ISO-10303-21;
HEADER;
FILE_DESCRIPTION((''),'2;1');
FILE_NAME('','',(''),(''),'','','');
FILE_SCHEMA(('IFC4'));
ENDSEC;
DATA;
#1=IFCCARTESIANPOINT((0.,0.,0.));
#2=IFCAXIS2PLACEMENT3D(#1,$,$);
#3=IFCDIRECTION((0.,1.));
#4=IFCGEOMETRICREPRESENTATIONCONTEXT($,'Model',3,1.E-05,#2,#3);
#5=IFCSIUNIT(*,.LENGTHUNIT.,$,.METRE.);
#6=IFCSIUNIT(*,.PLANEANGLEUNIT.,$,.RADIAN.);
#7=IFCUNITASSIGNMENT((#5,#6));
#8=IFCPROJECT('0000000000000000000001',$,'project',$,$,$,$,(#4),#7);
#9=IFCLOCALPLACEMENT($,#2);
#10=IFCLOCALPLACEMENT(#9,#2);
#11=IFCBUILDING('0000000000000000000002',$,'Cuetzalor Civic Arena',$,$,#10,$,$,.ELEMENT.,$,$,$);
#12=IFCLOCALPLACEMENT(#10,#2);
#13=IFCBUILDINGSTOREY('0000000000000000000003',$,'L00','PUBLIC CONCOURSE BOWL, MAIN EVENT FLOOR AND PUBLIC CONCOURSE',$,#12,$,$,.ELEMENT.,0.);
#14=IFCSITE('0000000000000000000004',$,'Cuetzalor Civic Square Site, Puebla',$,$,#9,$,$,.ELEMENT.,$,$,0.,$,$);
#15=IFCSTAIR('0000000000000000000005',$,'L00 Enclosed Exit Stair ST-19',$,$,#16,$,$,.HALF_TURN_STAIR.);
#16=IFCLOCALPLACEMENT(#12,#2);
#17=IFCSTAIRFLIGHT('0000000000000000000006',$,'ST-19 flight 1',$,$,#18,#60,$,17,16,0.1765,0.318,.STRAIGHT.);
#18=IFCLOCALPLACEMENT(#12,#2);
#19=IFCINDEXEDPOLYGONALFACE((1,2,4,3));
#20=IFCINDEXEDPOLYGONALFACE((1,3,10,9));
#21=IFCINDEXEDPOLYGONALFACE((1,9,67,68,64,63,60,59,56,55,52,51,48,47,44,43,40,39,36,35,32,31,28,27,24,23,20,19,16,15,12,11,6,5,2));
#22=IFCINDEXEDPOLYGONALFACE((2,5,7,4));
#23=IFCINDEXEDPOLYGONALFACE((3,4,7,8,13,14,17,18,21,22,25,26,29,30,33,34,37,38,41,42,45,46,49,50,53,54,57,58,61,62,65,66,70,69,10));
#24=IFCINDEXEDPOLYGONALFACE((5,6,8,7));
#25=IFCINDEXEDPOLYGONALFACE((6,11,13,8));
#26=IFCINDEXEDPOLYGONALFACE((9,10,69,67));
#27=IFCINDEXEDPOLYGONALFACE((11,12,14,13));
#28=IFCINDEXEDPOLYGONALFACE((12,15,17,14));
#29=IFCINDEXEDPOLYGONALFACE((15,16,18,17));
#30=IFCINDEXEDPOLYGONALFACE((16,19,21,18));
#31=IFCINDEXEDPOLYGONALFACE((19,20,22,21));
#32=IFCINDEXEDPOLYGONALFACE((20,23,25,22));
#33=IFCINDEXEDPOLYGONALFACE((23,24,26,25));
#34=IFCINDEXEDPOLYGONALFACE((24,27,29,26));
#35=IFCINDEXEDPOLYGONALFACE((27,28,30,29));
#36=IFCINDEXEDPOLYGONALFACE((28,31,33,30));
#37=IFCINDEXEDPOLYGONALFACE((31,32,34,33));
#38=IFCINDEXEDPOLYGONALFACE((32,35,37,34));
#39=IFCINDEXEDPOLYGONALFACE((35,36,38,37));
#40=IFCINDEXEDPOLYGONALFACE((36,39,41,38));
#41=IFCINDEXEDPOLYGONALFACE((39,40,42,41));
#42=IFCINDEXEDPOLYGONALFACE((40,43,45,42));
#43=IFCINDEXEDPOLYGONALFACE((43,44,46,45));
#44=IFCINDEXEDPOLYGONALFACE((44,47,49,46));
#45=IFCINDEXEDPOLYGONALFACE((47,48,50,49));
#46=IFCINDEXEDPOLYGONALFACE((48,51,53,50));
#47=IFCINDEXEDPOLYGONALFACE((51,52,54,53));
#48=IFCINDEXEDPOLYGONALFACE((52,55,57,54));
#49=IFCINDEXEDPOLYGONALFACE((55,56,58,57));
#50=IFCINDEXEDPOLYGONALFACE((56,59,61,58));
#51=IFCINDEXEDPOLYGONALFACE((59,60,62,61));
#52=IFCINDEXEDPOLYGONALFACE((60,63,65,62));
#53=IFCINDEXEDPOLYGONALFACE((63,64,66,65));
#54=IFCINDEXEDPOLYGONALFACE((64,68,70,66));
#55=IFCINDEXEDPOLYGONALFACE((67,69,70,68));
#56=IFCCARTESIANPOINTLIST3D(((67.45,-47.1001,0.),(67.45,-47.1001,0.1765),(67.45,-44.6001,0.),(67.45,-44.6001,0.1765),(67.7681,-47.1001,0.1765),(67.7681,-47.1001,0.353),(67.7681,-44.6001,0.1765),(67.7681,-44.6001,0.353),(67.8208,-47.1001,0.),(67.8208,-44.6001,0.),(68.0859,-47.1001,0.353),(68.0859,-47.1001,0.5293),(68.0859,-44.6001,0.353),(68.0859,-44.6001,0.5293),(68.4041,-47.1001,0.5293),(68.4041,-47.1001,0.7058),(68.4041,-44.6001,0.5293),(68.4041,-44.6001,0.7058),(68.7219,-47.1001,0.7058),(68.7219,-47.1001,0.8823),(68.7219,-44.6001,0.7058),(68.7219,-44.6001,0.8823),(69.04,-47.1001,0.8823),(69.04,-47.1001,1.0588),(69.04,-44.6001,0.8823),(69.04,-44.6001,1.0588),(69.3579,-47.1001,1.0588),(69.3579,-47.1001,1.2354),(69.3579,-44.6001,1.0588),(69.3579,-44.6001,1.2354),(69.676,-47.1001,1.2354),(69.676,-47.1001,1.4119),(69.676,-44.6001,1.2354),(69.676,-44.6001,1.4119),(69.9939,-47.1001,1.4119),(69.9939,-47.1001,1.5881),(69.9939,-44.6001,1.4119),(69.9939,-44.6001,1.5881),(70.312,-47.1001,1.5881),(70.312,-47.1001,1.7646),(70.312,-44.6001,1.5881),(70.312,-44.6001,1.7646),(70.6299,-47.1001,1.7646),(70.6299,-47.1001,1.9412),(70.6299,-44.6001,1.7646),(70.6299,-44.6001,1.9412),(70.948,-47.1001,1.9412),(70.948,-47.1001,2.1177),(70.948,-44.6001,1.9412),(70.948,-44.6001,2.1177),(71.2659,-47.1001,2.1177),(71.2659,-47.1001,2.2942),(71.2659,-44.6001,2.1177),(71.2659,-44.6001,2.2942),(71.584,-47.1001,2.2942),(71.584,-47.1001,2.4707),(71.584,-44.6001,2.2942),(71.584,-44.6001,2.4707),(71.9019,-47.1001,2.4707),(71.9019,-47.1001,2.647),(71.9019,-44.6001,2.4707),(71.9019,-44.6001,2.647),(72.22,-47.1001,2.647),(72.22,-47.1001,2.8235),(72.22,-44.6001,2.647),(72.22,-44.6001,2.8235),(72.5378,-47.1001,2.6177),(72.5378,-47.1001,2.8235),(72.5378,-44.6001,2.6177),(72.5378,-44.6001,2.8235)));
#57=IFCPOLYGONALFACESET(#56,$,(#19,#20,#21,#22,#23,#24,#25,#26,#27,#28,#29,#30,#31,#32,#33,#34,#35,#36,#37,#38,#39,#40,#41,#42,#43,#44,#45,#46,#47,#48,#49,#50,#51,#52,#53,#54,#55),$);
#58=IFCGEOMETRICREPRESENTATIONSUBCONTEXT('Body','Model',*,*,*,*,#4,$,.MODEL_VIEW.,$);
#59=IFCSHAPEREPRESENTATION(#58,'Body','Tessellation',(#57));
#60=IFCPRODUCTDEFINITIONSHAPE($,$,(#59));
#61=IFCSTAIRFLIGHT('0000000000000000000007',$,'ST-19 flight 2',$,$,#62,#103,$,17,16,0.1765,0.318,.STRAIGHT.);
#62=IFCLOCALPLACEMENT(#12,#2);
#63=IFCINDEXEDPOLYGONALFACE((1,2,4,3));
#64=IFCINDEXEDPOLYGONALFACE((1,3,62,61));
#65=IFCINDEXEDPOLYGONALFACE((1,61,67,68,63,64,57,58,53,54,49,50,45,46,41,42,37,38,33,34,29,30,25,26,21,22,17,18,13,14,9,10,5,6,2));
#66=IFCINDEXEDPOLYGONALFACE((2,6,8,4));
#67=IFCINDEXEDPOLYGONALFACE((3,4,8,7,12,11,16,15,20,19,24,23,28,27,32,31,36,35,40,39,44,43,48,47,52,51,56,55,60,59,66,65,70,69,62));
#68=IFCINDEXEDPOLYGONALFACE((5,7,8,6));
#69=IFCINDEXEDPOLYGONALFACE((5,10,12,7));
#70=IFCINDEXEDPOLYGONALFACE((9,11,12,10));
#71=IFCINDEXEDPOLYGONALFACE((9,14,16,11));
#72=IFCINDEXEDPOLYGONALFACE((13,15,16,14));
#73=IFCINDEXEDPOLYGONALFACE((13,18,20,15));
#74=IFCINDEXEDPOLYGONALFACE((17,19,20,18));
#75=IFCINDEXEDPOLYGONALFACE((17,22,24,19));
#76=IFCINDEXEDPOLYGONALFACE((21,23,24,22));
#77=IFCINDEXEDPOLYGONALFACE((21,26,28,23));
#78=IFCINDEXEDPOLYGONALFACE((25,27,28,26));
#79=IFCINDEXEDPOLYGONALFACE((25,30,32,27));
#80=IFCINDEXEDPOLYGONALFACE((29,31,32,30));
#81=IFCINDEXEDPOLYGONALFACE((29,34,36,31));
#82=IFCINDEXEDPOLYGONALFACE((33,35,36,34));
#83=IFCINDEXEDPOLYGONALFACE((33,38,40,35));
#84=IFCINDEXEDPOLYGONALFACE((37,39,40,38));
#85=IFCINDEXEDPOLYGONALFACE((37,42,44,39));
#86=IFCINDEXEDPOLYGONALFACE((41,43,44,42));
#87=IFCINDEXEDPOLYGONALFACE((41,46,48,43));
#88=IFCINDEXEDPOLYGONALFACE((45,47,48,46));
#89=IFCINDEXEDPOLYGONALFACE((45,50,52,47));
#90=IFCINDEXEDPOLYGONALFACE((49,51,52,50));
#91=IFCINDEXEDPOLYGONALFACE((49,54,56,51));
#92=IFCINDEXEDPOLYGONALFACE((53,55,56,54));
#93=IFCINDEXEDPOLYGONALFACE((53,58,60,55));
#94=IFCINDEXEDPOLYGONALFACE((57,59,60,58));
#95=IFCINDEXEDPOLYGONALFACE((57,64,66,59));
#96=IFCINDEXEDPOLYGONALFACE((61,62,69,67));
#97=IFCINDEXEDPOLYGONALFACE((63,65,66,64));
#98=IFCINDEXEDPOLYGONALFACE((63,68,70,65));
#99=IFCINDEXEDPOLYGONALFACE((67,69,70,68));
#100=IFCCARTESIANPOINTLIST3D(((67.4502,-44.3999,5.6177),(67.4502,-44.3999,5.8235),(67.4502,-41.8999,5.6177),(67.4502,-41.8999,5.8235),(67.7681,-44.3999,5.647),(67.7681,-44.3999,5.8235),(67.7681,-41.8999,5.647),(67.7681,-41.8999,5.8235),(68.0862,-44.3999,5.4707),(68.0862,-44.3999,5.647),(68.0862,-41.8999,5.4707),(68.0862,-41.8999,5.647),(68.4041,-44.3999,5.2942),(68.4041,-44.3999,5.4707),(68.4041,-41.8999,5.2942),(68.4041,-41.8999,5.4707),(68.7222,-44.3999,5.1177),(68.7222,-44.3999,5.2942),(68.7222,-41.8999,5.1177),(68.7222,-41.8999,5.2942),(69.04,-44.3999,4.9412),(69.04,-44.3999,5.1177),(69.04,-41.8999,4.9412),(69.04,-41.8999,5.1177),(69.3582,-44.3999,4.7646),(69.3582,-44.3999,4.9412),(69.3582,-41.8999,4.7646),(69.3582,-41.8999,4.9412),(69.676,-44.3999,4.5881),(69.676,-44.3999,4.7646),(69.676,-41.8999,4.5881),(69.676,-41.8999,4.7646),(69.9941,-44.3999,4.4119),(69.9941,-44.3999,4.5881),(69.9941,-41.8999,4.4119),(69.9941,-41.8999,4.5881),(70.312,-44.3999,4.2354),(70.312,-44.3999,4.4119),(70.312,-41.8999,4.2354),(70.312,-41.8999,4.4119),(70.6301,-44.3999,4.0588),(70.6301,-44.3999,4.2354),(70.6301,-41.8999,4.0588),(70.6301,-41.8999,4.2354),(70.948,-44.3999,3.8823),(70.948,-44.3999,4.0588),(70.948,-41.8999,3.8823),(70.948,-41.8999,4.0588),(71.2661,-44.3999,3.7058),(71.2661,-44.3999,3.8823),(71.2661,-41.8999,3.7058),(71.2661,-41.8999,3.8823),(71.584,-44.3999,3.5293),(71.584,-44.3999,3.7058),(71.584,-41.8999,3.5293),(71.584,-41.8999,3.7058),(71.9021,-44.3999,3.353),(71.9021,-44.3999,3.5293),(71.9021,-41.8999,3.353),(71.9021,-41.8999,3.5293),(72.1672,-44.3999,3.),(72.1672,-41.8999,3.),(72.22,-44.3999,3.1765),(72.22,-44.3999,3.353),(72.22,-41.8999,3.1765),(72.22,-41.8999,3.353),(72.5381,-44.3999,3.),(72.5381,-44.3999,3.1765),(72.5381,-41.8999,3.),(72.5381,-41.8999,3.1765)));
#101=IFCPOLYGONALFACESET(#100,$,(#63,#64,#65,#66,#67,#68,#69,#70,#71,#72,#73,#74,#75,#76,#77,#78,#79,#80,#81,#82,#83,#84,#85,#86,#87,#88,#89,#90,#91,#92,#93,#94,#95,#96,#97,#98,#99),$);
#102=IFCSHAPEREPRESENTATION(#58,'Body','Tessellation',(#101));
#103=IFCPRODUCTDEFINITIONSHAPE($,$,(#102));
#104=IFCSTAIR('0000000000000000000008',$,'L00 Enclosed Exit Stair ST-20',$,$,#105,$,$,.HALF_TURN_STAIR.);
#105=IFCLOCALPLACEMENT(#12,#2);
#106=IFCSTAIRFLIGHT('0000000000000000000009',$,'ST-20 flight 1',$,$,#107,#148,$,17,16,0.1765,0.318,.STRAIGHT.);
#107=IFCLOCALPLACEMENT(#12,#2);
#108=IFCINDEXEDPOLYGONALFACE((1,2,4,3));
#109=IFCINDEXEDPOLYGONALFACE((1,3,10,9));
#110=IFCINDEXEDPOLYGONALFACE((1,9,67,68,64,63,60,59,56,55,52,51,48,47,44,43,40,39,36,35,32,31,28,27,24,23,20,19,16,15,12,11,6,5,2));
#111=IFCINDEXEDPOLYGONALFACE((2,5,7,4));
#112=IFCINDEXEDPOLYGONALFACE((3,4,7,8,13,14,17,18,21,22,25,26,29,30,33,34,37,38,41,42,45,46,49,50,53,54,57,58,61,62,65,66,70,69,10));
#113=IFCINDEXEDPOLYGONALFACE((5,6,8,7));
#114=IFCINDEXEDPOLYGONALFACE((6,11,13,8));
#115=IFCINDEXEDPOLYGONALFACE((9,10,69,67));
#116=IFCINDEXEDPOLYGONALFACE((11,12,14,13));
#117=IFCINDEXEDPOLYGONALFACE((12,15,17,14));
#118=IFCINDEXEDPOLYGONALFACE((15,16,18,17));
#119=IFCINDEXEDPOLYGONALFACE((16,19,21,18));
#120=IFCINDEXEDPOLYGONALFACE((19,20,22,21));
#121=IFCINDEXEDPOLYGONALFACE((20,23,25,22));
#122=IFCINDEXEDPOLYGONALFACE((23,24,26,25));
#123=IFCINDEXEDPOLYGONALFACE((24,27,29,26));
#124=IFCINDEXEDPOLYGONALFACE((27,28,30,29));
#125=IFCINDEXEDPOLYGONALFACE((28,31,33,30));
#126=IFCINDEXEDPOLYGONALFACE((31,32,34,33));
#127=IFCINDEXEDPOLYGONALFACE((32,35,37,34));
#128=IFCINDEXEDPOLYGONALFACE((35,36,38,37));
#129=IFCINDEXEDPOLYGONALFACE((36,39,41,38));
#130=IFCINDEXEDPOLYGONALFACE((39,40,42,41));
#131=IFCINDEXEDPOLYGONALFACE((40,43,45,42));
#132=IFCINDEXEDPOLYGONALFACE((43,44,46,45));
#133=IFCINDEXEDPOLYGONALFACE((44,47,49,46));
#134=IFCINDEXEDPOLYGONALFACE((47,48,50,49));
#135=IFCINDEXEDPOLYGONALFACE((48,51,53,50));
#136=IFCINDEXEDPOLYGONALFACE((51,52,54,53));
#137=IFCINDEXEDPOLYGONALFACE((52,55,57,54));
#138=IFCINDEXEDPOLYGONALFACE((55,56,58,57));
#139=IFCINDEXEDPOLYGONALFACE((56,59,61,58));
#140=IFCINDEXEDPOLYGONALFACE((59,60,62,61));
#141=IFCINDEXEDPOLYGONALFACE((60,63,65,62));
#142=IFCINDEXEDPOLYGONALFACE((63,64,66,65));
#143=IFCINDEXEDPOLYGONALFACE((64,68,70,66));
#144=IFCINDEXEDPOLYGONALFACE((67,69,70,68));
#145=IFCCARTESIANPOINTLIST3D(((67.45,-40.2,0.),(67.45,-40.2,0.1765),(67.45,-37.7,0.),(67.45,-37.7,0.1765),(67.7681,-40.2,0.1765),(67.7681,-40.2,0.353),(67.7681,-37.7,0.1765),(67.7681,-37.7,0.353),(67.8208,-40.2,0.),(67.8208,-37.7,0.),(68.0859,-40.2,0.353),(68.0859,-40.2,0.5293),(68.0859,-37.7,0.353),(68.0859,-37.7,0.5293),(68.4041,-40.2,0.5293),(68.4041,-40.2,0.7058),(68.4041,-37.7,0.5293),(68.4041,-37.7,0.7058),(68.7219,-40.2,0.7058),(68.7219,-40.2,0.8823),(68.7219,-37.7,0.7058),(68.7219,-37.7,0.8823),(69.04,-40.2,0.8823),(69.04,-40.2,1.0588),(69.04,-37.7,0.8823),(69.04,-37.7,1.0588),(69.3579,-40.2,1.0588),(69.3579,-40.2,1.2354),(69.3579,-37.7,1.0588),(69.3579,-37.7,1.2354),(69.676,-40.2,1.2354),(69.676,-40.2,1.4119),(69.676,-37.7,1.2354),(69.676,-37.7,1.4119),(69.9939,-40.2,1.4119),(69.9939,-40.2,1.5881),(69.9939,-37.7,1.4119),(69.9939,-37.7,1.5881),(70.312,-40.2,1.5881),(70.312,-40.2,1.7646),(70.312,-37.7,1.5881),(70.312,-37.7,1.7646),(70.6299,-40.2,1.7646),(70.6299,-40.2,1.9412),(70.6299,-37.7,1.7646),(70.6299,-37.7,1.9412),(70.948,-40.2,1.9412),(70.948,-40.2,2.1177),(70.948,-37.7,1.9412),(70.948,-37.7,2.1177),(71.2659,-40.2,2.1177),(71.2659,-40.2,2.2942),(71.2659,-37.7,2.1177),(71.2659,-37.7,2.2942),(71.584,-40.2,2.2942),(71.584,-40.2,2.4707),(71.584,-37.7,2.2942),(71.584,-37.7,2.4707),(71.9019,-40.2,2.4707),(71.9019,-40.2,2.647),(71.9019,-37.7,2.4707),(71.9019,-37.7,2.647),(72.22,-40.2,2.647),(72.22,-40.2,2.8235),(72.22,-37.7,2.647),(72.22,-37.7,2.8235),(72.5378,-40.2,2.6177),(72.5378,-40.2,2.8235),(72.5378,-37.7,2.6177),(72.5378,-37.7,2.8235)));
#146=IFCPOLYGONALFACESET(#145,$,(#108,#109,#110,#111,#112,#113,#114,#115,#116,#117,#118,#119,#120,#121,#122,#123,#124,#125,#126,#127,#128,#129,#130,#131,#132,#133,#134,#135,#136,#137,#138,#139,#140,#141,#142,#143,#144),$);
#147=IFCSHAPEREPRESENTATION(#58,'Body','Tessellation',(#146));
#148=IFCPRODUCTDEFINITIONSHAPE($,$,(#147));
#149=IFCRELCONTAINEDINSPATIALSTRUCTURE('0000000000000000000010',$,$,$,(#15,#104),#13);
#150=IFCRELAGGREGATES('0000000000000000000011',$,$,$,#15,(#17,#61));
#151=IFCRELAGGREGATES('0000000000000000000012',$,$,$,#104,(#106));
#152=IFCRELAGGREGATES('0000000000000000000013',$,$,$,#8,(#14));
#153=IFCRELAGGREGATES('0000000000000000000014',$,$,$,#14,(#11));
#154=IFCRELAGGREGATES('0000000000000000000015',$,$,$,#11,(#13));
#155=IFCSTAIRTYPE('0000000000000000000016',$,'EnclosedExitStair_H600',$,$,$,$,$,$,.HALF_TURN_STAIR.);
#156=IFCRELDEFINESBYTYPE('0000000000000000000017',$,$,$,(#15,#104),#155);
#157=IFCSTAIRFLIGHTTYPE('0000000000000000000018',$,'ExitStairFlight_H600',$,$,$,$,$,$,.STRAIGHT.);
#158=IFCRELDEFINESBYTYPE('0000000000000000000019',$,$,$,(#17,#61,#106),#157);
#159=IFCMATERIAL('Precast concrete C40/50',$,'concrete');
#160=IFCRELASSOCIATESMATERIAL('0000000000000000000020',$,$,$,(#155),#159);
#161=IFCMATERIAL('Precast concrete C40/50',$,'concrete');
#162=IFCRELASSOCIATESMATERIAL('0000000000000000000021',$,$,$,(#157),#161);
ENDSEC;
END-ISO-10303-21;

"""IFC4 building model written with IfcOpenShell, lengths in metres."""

from ifc_helpers import new_model, si_unit, direction, frame, origin, place, context, subcontext, project, spatial, polyline, outline, extrude, material, type_object, element, aggregate, save


model = new_model("IFC4")

# Units and contexts
model_context = context("Model", 3, precision=1e-05, world=origin(), true_north=direction((0.0, 1.0)))
body_context = subcontext(model_context, "Body", "Model", "MODEL_VIEW")
ifc_project = project(units=[si_unit("LENGTHUNIT", "METRE"), si_unit("PLANEANGLEUNIT", "RADIAN")], contexts=[model_context])

# Site, building, storey
site_placement = place(None, origin())
site = spatial("IfcSite", under=ifc_project, at=site_placement, Name="Cuetzalor Civic Square Site, Puebla", CompositionType="ELEMENT", RefElevation=0.0)
building_placement = place(site_placement, origin())
building = spatial("IfcBuilding", under=site, at=building_placement, Name="Cuetzalor Civic Arena", CompositionType="ELEMENT")
storey_placement = place(building_placement, origin())
storey = spatial("IfcBuildingStorey", under=building, at=storey_placement, Name="L00", Description="PUBLIC CONCOURSE BOWL, MAIN EVENT FLOOR AND PUBLIC CONCOURSE", CompositionType="ELEMENT", Elevation=0.0)

# Stairs, stair flights
ifc_material_1 = material(Name="Precast concrete C40/50", Category="concrete")
stair_type = type_object("IfcStairType", Name="EnclosedExitStair_H600", PredefinedType="HALF_TURN_STAIR", material=ifc_material_1)
stair_1_placement = place(storey_placement, origin())
stair_1 = element("IfcStair", 1, at=stair_1_placement, inside=storey, type_object=stair_type, Name="L00 Enclosed Exit Stair ST-19", PredefinedType="HALF_TURN_STAIR")
ifc_material_2 = material(Name="Precast concrete C40/50", Category="concrete")
stair_flight_type = type_object("IfcStairFlightType", Name="ExitStairFlight_H600", PredefinedType="STRAIGHT", material=ifc_material_2)
stair_flight_1_placement = place(storey_placement, frame((67.45, -45.8501, 0.0), z_axis=(0.0, 0.0, 1.0), x_axis=(1.0, 0.0, 0.0)))
stair_flight_1 = element("IfcStairFlight", 2, at=stair_flight_1_placement, type_object=stair_flight_type, Name="ST-19 flight 1", NumberOfRisers=17, NumberOfTreads=16, PredefinedType="STRAIGHT", RiserHeight=0.1765, TreadLength=0.318, context=body_context, shape_type="SweptSolid", body=[
    extrude(outline(polyline([(0.0, 0.0), (0.0, 0.1765), (0.3181, 0.1765), (0.3181, 0.353), (0.636, 0.353), (0.636, 0.5293), (0.9541, 0.5293), (0.9541, 0.7058), (1.272, 0.7058), (1.272, 0.8823), (1.5901, 0.8823), (1.5901, 1.0588), (1.908, 1.0588), (1.908, 1.2354), (2.2261, 1.2354), (2.2261, 1.4119), (2.5439, 1.4119), (2.5439, 1.5881), (2.8621, 1.5881), (2.8621, 1.7646), (3.1799, 1.7646), (3.1799, 1.9412), (3.498, 1.9412), (3.498, 2.1177), (3.8159, 2.1177), (3.8159, 2.2942), (4.134, 2.2942), (4.134, 2.4707), (4.4519, 2.4707), (4.4519, 2.647), (4.77, 2.647), (4.77, 2.8235), (5.0879, 2.8235), (5.0879, 3.0), (5.0879, 2.6177), (0.3708, 0.0), (0.0, 0.0)])), frame((0.0, 1.25, 0.0), z_axis=(0.0, -1.0, 0.0), x_axis=(1.0, 0.0, 0.0)), (0.0, 0.0, 1.0), 2.5),
])
stair_flight_2_placement = place(storey_placement, frame((72.5381, -43.1499, 3.0), z_axis=(0.0, 0.0, 1.0), x_axis=(-1.0, 0.0, 0.0)))
stair_flight_2 = element("IfcStairFlight", 3, at=stair_flight_2_placement, type_object=stair_flight_type, Name="ST-19 flight 2", NumberOfRisers=17, NumberOfTreads=16, PredefinedType="STRAIGHT", RiserHeight=0.1765, TreadLength=0.318, context=body_context, shape_type="SweptSolid", body=[
    extrude(outline(polyline([(0.0, 0.0), (0.0, 0.1765), (0.3181, 0.1765), (0.3181, 0.353), (0.636, 0.353), (0.636, 0.5293), (0.9541, 0.5293), (0.9541, 0.7058), (1.272, 0.7058), (1.272, 0.8823), (1.5901, 0.8823), (1.5901, 1.0588), (1.908, 1.0588), (1.908, 1.2354), (2.2261, 1.2354), (2.2261, 1.4119), (2.5439, 1.4119), (2.5439, 1.5881), (2.8621, 1.5881), (2.8621, 1.7646), (3.1799, 1.7646), (3.1799, 1.9412), (3.498, 1.9412), (3.498, 2.1177), (3.8159, 2.1177), (3.8159, 2.2942), (4.134, 2.2942), (4.134, 2.4707), (4.4519, 2.4707), (4.4519, 2.647), (4.77, 2.647), (4.77, 2.8235), (5.0879, 2.8235), (5.0879, 3.0), (5.0879, 2.6177), (0.3708, 0.0), (0.0, 0.0)])), frame((0.0, 1.25, 0.0), z_axis=(0.0, -1.0, 0.0), x_axis=(1.0, 0.0, 0.0)), (0.0, 0.0, 1.0), 2.5),
])
aggregate(stair_1, [stair_flight_1, stair_flight_2])
stair_2_placement = place(storey_placement, origin())
stair_2 = element("IfcStair", 4, at=stair_2_placement, inside=storey, type_object=stair_type, Name="L00 Enclosed Exit Stair ST-20", PredefinedType="HALF_TURN_STAIR")
stair_flight_3_placement = place(storey_placement, frame((67.45, -38.95, 0.0), z_axis=(0.0, 0.0, 1.0), x_axis=(1.0, 0.0, 0.0)))
stair_flight_3 = element("IfcStairFlight", 5, at=stair_flight_3_placement, type_object=stair_flight_type, Name="ST-20 flight 1", NumberOfRisers=17, NumberOfTreads=16, PredefinedType="STRAIGHT", RiserHeight=0.1765, TreadLength=0.318, context=body_context, shape_type="SweptSolid", body=[
    extrude(outline(polyline([(0.0, 0.0), (0.0, 0.1765), (0.3181, 0.1765), (0.3181, 0.353), (0.636, 0.353), (0.636, 0.5293), (0.9541, 0.5293), (0.9541, 0.7058), (1.272, 0.7058), (1.272, 0.8823), (1.5901, 0.8823), (1.5901, 1.0588), (1.908, 1.0588), (1.908, 1.2354), (2.2261, 1.2354), (2.2261, 1.4119), (2.5439, 1.4119), (2.5439, 1.5881), (2.8621, 1.5881), (2.8621, 1.7646), (3.1799, 1.7646), (3.1799, 1.9412), (3.498, 1.9412), (3.498, 2.1177), (3.8159, 2.1177), (3.8159, 2.2942), (4.134, 2.2942), (4.134, 2.4707), (4.4519, 2.4707), (4.4519, 2.647), (4.77, 2.647), (4.77, 2.8235), (5.0879, 2.8235), (5.0879, 3.0), (5.0879, 2.6177), (0.3708, 0.0), (0.0, 0.0)])), frame((0.0, 1.25, 0.0), z_axis=(0.0, -1.0, 0.0), x_axis=(1.0, 0.0, 0.0)), (0.0, 0.0, 1.0), 2.5),
])
aggregate(stair_2, [stair_flight_3])

save(model, "model.ifc")
